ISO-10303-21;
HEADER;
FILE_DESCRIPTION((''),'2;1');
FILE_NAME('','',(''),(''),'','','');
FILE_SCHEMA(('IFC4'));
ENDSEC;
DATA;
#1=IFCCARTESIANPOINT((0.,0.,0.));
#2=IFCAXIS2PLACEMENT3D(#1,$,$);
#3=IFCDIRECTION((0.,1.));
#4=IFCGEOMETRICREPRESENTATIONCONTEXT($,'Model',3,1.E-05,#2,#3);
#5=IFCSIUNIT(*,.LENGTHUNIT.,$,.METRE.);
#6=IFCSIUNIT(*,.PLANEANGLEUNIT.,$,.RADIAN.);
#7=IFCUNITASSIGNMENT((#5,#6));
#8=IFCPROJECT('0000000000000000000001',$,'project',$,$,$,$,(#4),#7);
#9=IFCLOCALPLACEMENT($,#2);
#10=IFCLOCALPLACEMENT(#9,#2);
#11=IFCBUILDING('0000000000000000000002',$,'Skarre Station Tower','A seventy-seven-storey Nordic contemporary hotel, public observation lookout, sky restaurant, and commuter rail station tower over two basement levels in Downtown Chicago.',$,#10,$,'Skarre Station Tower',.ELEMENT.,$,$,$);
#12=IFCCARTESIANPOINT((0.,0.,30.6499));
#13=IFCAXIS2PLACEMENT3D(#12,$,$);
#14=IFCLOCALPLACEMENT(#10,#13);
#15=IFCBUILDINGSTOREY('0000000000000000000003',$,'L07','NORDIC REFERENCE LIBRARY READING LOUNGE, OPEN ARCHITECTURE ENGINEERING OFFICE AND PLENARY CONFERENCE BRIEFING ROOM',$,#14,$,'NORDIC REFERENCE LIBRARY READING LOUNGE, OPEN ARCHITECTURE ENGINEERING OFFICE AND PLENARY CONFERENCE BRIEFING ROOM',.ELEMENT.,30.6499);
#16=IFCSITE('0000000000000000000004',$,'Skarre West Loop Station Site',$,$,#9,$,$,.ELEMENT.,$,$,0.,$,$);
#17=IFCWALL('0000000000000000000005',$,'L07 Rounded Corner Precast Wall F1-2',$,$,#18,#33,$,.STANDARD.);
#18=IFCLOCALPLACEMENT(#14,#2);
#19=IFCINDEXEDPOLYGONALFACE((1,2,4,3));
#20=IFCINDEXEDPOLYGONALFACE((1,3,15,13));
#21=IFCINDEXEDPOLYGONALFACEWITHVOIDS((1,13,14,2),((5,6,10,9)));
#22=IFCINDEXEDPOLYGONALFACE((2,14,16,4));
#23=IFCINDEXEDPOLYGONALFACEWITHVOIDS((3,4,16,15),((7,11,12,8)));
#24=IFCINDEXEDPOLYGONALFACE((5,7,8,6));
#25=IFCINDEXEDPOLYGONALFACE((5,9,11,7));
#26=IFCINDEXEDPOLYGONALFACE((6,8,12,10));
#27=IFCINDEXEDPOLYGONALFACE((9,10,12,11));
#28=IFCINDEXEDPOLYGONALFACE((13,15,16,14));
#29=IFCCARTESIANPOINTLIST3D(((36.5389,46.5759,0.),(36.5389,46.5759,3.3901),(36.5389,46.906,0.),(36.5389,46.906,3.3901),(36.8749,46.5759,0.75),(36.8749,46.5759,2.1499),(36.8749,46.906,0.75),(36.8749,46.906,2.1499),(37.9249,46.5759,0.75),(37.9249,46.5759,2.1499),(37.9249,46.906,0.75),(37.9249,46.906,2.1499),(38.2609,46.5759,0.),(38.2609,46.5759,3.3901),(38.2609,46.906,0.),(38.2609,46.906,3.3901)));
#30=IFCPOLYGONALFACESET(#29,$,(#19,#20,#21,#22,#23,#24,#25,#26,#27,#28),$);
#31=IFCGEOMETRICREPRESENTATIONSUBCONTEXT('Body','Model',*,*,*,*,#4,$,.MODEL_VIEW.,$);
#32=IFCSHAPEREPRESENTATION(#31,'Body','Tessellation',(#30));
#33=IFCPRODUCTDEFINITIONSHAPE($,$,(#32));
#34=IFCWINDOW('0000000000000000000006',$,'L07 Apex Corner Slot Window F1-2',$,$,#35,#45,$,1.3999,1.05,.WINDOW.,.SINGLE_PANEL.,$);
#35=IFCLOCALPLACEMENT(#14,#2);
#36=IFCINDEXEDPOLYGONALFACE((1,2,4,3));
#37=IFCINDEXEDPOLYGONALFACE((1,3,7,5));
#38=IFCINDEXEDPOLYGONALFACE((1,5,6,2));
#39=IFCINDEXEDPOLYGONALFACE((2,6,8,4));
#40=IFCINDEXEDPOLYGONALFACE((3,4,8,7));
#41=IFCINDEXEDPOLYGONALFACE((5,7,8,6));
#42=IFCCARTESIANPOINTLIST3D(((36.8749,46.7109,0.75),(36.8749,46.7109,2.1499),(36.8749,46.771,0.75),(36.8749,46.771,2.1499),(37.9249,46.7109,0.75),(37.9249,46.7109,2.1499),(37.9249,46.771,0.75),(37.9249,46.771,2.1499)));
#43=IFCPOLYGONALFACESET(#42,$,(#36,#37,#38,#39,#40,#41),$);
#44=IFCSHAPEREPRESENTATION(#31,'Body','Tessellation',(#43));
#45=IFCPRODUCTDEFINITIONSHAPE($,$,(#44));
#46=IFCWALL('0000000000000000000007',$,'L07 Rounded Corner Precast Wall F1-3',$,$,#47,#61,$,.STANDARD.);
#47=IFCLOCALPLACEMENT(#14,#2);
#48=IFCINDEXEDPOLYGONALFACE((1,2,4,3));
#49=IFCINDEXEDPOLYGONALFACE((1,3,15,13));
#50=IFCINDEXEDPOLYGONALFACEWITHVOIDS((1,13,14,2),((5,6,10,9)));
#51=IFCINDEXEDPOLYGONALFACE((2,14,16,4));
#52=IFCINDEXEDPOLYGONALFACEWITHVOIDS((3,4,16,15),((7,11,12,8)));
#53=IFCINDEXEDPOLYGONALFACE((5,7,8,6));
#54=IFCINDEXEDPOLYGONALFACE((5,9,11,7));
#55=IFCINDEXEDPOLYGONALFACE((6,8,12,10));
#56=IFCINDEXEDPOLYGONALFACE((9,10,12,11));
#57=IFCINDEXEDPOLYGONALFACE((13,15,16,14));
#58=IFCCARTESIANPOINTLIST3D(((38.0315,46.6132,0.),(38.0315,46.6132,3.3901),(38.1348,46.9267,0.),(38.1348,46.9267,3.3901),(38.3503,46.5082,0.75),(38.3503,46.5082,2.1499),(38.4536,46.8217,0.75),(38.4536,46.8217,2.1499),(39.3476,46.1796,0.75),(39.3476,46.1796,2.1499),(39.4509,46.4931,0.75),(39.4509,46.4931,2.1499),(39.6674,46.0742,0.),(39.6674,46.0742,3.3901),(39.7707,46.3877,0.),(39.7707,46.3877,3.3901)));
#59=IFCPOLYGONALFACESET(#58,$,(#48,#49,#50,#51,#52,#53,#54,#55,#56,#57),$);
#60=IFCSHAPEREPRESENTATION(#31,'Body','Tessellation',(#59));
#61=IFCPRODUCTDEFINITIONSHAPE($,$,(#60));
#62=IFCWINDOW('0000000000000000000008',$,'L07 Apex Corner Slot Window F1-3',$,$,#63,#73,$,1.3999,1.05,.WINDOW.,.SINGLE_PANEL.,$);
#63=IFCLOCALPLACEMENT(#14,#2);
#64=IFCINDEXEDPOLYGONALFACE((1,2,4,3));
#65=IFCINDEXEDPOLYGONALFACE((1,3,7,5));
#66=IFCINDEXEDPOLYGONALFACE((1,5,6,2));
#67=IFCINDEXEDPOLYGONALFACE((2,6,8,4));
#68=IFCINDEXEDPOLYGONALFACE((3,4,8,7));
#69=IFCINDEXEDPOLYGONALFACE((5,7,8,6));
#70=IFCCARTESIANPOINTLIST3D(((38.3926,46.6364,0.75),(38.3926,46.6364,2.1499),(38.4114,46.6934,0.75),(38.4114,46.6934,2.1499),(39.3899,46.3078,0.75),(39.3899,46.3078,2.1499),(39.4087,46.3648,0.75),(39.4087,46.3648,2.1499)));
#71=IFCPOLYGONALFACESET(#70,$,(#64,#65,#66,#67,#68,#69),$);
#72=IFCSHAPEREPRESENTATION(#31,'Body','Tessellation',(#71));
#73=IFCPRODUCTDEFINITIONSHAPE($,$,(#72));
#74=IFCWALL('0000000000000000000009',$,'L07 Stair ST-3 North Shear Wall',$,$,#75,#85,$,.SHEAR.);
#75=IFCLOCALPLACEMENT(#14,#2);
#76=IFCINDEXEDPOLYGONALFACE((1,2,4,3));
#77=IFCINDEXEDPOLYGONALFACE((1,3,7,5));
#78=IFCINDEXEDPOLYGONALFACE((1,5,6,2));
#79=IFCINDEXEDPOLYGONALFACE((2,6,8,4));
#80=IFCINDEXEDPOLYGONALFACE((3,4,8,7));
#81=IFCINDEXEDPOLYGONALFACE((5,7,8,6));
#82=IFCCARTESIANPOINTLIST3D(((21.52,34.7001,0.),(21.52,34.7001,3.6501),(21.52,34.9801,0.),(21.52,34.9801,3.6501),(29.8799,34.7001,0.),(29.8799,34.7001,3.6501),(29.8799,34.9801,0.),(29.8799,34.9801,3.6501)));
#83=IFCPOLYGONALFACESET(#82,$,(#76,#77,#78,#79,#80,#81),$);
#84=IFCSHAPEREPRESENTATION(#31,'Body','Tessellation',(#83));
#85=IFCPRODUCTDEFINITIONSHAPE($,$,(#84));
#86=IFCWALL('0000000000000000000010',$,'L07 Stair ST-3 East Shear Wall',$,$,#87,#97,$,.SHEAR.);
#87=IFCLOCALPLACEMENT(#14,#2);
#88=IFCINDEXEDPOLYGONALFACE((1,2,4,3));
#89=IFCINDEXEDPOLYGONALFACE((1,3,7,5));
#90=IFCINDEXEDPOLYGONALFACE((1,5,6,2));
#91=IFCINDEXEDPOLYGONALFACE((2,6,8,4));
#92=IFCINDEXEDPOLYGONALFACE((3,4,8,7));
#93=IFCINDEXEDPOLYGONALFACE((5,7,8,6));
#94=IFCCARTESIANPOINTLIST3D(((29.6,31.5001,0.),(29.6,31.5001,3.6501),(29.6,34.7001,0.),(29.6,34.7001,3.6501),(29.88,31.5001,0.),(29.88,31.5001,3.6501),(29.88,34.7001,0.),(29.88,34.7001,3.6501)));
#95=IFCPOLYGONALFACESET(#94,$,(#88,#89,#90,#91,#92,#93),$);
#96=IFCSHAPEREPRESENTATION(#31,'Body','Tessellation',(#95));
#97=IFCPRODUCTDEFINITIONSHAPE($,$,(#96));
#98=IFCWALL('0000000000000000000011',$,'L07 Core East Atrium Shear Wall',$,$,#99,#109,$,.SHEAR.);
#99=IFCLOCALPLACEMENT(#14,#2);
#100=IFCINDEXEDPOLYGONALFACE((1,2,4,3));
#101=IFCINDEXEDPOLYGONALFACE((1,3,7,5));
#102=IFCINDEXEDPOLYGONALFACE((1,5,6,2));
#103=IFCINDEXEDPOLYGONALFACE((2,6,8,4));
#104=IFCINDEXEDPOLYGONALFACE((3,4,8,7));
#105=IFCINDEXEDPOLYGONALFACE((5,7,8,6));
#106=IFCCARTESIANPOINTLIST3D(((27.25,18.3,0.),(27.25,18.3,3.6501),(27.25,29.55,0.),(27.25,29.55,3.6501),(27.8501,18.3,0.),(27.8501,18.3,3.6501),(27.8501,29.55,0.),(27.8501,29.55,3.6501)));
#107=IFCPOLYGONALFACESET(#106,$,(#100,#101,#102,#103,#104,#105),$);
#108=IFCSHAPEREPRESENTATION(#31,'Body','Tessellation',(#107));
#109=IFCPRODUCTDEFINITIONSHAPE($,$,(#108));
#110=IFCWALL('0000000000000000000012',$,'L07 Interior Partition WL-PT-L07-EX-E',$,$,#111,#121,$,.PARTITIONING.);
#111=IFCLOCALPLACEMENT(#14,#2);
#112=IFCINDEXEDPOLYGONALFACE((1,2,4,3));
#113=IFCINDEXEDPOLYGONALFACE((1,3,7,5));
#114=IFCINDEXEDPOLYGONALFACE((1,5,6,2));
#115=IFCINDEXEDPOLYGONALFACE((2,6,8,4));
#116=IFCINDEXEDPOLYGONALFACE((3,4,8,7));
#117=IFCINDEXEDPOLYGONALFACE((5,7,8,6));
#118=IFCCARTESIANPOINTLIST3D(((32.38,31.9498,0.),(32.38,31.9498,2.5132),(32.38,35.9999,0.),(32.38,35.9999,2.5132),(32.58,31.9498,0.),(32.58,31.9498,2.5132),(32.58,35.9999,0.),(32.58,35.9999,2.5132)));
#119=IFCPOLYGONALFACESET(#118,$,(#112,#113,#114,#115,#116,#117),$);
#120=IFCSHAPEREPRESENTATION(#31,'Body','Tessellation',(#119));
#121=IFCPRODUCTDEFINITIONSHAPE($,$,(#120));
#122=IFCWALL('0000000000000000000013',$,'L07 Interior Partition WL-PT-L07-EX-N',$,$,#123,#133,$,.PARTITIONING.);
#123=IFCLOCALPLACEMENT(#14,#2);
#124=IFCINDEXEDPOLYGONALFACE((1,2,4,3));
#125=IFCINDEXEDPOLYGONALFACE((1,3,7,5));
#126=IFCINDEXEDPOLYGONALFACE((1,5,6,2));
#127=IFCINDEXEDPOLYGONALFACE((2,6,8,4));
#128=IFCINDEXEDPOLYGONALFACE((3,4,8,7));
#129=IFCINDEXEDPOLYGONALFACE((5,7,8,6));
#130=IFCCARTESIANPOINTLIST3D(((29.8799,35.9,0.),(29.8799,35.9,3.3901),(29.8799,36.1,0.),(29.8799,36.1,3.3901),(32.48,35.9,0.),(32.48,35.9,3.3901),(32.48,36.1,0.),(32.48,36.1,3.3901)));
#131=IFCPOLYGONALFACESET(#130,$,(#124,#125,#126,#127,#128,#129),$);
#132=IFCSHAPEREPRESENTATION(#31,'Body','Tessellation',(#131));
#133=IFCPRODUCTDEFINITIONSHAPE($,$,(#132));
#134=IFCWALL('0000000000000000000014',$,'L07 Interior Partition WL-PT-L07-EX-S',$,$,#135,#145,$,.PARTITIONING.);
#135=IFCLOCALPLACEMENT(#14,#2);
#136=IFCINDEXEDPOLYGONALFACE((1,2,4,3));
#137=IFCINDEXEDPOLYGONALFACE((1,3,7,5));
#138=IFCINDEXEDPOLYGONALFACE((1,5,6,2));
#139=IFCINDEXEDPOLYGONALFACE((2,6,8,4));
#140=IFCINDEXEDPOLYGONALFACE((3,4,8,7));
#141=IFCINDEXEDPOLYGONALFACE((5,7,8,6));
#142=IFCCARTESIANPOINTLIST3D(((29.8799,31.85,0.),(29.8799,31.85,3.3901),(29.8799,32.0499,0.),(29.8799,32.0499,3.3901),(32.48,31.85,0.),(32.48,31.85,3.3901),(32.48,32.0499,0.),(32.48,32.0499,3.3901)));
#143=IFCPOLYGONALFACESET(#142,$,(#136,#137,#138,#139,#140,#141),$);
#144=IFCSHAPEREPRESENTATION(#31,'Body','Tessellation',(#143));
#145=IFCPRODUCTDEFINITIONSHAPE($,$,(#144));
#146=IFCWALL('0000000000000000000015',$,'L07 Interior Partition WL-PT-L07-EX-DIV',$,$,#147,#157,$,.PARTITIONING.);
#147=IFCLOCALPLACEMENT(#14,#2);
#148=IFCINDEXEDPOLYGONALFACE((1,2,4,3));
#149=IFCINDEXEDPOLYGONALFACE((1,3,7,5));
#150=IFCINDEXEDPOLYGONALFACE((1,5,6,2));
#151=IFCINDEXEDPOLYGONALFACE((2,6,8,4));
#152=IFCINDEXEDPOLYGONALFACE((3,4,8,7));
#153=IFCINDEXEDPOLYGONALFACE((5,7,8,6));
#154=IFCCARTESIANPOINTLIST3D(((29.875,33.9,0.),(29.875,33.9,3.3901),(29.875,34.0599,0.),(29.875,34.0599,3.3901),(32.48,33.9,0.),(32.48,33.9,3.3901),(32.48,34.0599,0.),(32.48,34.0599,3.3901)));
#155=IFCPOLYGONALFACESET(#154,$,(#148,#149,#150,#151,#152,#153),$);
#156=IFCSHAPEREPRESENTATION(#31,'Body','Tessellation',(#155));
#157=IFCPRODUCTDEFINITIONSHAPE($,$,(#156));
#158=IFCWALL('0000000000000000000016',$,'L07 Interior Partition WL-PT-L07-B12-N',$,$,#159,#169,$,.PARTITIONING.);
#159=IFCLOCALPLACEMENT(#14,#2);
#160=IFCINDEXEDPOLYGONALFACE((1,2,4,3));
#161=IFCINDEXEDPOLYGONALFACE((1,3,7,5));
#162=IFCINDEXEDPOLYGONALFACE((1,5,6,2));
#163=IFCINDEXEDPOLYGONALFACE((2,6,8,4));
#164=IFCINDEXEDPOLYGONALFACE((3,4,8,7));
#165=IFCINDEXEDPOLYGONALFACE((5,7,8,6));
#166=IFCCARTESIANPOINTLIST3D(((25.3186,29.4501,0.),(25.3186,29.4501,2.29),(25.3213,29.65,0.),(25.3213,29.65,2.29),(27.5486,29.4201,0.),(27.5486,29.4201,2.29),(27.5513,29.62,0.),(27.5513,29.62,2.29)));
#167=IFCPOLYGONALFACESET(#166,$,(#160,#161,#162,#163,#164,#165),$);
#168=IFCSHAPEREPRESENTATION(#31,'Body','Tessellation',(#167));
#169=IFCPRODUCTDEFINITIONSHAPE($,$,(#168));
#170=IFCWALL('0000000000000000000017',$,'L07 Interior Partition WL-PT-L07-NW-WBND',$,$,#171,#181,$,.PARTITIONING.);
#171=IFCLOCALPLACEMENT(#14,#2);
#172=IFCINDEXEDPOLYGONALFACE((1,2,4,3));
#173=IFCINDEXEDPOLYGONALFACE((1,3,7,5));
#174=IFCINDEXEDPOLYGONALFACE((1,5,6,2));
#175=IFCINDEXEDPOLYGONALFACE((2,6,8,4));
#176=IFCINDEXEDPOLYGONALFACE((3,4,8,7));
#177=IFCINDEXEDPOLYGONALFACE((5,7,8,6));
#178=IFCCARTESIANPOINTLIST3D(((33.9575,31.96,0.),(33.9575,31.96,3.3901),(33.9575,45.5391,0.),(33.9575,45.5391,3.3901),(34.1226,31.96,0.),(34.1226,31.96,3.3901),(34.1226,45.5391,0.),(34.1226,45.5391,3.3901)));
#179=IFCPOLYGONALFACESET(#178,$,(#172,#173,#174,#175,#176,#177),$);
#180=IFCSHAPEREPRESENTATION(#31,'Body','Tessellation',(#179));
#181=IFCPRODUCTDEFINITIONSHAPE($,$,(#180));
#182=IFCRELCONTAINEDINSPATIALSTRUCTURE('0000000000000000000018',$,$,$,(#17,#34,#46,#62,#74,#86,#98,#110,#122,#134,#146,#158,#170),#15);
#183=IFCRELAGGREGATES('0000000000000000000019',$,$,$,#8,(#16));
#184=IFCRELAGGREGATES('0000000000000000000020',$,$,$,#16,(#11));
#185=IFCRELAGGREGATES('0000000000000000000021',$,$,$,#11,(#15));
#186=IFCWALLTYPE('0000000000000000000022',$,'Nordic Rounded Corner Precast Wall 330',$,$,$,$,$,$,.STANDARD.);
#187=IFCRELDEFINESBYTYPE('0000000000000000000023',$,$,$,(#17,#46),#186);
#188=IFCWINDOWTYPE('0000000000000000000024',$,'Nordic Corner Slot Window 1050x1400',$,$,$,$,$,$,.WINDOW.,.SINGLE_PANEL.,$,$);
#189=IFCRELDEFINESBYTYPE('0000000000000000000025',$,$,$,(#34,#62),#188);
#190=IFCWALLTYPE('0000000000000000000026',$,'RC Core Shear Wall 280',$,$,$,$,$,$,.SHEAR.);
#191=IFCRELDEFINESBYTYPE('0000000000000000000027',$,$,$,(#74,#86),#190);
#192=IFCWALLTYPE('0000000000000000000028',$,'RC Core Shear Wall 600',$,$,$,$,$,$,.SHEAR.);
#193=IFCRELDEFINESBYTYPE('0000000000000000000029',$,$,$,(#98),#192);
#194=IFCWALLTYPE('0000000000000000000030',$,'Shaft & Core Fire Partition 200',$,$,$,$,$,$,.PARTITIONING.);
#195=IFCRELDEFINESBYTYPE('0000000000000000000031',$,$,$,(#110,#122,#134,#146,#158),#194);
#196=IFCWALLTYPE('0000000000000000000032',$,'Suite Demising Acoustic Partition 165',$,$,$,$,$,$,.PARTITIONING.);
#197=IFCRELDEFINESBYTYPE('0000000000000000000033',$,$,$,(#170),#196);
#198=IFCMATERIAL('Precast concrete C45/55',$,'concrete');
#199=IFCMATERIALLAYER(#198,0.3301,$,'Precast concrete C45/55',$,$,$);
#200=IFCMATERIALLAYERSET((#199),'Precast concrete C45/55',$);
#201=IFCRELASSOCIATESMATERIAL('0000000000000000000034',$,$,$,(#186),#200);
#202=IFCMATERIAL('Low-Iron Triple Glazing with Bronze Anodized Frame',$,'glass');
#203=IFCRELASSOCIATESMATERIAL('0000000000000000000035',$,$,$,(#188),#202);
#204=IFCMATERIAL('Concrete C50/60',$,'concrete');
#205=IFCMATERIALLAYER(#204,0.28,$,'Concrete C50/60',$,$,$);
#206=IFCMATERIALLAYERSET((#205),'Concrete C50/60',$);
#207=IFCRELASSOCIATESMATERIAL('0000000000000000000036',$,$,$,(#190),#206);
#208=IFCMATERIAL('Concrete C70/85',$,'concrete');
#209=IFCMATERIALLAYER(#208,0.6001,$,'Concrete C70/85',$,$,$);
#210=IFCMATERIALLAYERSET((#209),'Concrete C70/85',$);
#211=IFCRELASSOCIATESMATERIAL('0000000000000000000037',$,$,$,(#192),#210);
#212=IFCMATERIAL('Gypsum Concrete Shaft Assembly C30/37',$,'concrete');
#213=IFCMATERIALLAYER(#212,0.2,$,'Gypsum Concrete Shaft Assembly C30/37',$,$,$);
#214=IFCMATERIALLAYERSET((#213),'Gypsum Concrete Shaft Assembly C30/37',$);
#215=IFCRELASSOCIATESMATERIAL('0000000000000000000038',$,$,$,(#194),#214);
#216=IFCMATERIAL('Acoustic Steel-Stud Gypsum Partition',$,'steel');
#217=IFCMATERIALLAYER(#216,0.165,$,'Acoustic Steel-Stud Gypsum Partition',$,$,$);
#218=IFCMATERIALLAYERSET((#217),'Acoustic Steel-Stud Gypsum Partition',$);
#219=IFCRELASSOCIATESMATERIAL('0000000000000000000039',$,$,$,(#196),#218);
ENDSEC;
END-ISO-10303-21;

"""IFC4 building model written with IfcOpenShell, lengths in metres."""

from ifc_helpers import new_model, si_unit, direction, frame, frame_2d, origin, place, context, subcontext, project, spatial, rectangle, extrude, material, layer, layer_set, type_object, element, fill, save


model = new_model("IFC4")

# Units and contexts
model_context = context("Model", 3, precision=1e-05, world=origin(), true_north=direction((0.0, 1.0)))
body_context = subcontext(model_context, "Body", "Model", "MODEL_VIEW")
ifc_project = project(units=[si_unit("LENGTHUNIT", "METRE"), si_unit("PLANEANGLEUNIT", "RADIAN")], contexts=[model_context])

# Site, building, storey
site_placement = place(None, origin())
site = spatial("IfcSite", under=ifc_project, at=site_placement, Name="Skarre West Loop Station Site", CompositionType="ELEMENT", RefElevation=0.0)
building_placement = place(site_placement, origin())
building = spatial("IfcBuilding", under=site, at=building_placement, Name="Skarre Station Tower", Description="A seventy-seven-storey Nordic contemporary hotel, public observation lookout, sky restaurant, and commuter rail station tower over two basement levels in Downtown Chicago.", LongName="Skarre Station Tower", CompositionType="ELEMENT")
storey_placement = place(building_placement, frame((0.0, 0.0, 30.6499)))
storey = spatial("IfcBuildingStorey", under=building, at=storey_placement, Name="L07", Description="NORDIC REFERENCE LIBRARY READING LOUNGE, OPEN ARCHITECTURE ENGINEERING OFFICE AND PLENARY CONFERENCE BRIEFING ROOM", LongName="NORDIC REFERENCE LIBRARY READING LOUNGE, OPEN ARCHITECTURE ENGINEERING OFFICE AND PLENARY CONFERENCE BRIEFING ROOM", CompositionType="ELEMENT", Elevation=30.6499)

# Shared definitions
ifc_material_1 = material(Name="Concrete C70/85", Category="concrete")

# Shared definitions
ifc_material_2 = material(Name="Acoustic Steel-Stud Gypsum Partition", Category="steel")

# Shared definitions
ifc_material_3 = material(Name="Precast concrete C45/55", Category="concrete")
ifc_layer_1 = layer(ifc_material_3, 0.3301, Name="Precast concrete C45/55")
ifc_layer_set_1 = layer_set([ifc_layer_1], Name="Precast concrete C45/55")
wall_type_1 = type_object("IfcWallType", Name="Nordic Rounded Corner Precast Wall 330", PredefinedType="STANDARD", material=ifc_layer_set_1)

# Walls, openings, windows
wall_1_placement = place(storey_placement, frame((36.5391, 46.741, 0.0), z_axis=(0.0, 0.0, 1.0), x_axis=(1.0, 0.0, 0.0)))
wall_1 = element("IfcWall", 1, at=wall_1_placement, inside=storey, type_object=wall_type_1, Name="L07 Rounded Corner Precast Wall F1-2", PredefinedType="STANDARD", context=body_context, shape_type="SweptSolid", body=[
    extrude(rectangle(XDim=1.7219, YDim=0.3301, at=frame_2d((0.8608, 0.0))), origin(), (0.0, 0.0, 1.0), 3.3901),
])
opening_1_placement = place(wall_1_placement, frame((0.3359, 0.0, 0.75)))
opening_1 = element("IfcOpeningElement", 2, at=opening_1_placement, cuts=wall_1, PredefinedType="OPENING", context=body_context, shape_type="SweptSolid", body=[
    extrude(rectangle(XDim=1.05, YDim=1.3999, at=frame_2d((0.5249, 0.7))), frame((0.0, 0.175, 0.0), z_axis=(0.0, -1.0, 0.0), x_axis=(1.0, 0.0, 0.0)), (0.0, 0.0, 1.0), 0.3501),
])
ifc_material_4 = material(Name="Low-Iron Triple Glazing with Bronze Anodized Frame", Category="glass")
window_type = type_object("IfcWindowType", Name="Nordic Corner Slot Window 1050x1400", PartitioningType="SINGLE_PANEL", PredefinedType="WINDOW", material=ifc_material_4)
window_1_placement = place(opening_1_placement, origin())
window_1 = element("IfcWindow", 3, at=window_1_placement, inside=storey, type_object=window_type, Name="L07 Apex Corner Slot Window F1-2", OverallHeight=1.3999, OverallWidth=1.05, PartitioningType="SINGLE_PANEL", PredefinedType="WINDOW", context=body_context, shape_type="SweptSolid", body=[
    extrude(rectangle(XDim=1.05, YDim=1.3999, at=frame_2d((0.5249, 0.7))), frame((0.0, 0.03, 0.0), z_axis=(0.0, -1.0, 0.0), x_axis=(1.0, 0.0, 0.0)), (0.0, 0.0, 1.0), 0.0601),
])
fill(opening_1, window_1)
wall_2_placement = place(storey_placement, frame((38.083, 46.77, 0.0), z_axis=(0.0, 0.0, 1.0), x_axis=(0.949769, -0.312952, 0.0)))
wall_2 = element("IfcWall", 4, at=wall_2_placement, inside=storey, type_object=wall_type_1, Name="L07 Rounded Corner Precast Wall F1-3", PredefinedType="STANDARD", context=body_context, shape_type="SweptSolid", body=[
    extrude(rectangle(XDim=1.7224, YDim=0.3301, at=frame_2d((0.8613, 0.0))), origin(), (0.0, 0.0, 1.0), 3.3901),
])
opening_2_placement = place(wall_2_placement, frame((0.3359, 0.0, 0.75)))
opening_2 = element("IfcOpeningElement", 5, at=opening_2_placement, cuts=wall_2, PredefinedType="OPENING", context=body_context, shape_type="SweptSolid", body=[
    extrude(rectangle(XDim=1.05, YDim=1.3999, at=frame_2d((0.5249, 0.7))), frame((0.0, 0.175, 0.0), z_axis=(0.0, -1.0, 0.0), x_axis=(1.0, 0.0, 0.0)), (0.0, 0.0, 1.0), 0.3501),
])
window_2_placement = place(opening_2_placement, origin())
window_2 = element("IfcWindow", 6, at=window_2_placement, inside=storey, type_object=window_type, Name="L07 Apex Corner Slot Window F1-3", OverallHeight=1.3999, OverallWidth=1.05, PartitioningType="SINGLE_PANEL", PredefinedType="WINDOW", context=body_context, shape_type="SweptSolid", body=[
    extrude(rectangle(XDim=1.05, YDim=1.3999, at=frame_2d((0.5249, 0.7))), frame((0.0, 0.03, 0.0), z_axis=(0.0, -1.0, 0.0), x_axis=(1.0, 0.0, 0.0)), (0.0, 0.0, 1.0), 0.0601),
])
fill(opening_2, window_2)

# Walls
ifc_material_5 = material(Name="Concrete C50/60", Category="concrete")
ifc_layer_2 = layer(ifc_material_5, 0.28, Name="Concrete C50/60")
ifc_layer_set_2 = layer_set([ifc_layer_2], Name="Concrete C50/60")
wall_type_2 = type_object("IfcWallType", Name="RC Core Shear Wall 280", PredefinedType="SHEAR", material=ifc_layer_set_2)
wall_3_placement = place(storey_placement, frame((29.8799, 34.8401, 0.0), z_axis=(0.0, 0.0, 1.0), x_axis=(-1.0, 0.0, 0.0)))
element("IfcWall", 7, at=wall_3_placement, inside=storey, type_object=wall_type_2, Name="L07 Stair ST-3 North Shear Wall", PredefinedType="SHEAR", context=body_context, shape_type="SweptSolid", body=[
    extrude(rectangle(XDim=8.3599, YDim=0.28, at=frame_2d((4.1799, 0.0))), origin(), (0.0, 0.0, 1.0), 3.6501),
])
wall_4_placement = place(storey_placement, frame((29.74, 31.5, 0.0), z_axis=(0.0, 0.0, 1.0), x_axis=(0.0, 1.0, 0.0)))
element("IfcWall", 8, at=wall_4_placement, inside=storey, type_object=wall_type_2, Name="L07 Stair ST-3 East Shear Wall", PredefinedType="SHEAR", context=body_context, shape_type="SweptSolid", body=[
    extrude(rectangle(XDim=3.2, YDim=0.28, at=frame_2d((1.6001, 0.0))), origin(), (0.0, 0.0, 1.0), 3.6501),
])
ifc_layer_3 = layer(ifc_material_1, 0.6001, Name="Concrete C70/85")
ifc_layer_set_3 = layer_set([ifc_layer_3], Name="Concrete C70/85")
wall_type_3 = type_object("IfcWallType", Name="RC Core Shear Wall 600", PredefinedType="SHEAR", material=ifc_layer_set_3)
wall_5_placement = place(storey_placement, frame((27.55, 29.55, 0.0), z_axis=(0.0, 0.0, 1.0), x_axis=(0.0, -1.0, 0.0)))
element("IfcWall", 9, at=wall_5_placement, inside=storey, type_object=wall_type_3, Name="L07 Core East Atrium Shear Wall", PredefinedType="SHEAR", context=body_context, shape_type="SweptSolid", body=[
    extrude(rectangle(XDim=11.25, YDim=0.6001, at=frame_2d((5.625, 0.0))), origin(), (0.0, 0.0, 1.0), 3.6501),
])
ifc_material_6 = material(Name="Gypsum Concrete Shaft Assembly C30/37", Category="concrete")
ifc_layer_4 = layer(ifc_material_6, 0.2, Name="Gypsum Concrete Shaft Assembly C30/37")
ifc_layer_set_4 = layer_set([ifc_layer_4], Name="Gypsum Concrete Shaft Assembly C30/37")
wall_type_4 = type_object("IfcWallType", Name="Shaft & Core Fire Partition 200", PredefinedType="PARTITIONING", material=ifc_layer_set_4)
wall_6_placement = place(storey_placement, frame((32.48, 31.95, 0.0), z_axis=(0.0, 0.0, 1.0), x_axis=(0.0, 1.0, 0.0)))
element("IfcWall", 10, at=wall_6_placement, inside=storey, type_object=wall_type_4, Name="L07 Interior Partition WL-PT-L07-EX-E", PredefinedType="PARTITIONING", context=body_context, shape_type="SweptSolid", body=[
    extrude(rectangle(XDim=4.05, YDim=0.2, at=frame_2d((2.0249, 0.0))), origin(), (0.0, 0.0, 1.0), 2.5132),
])
for number, where, z_axis, x_axis, name in (
    (11, (29.8799, 36.0, 0.0), (0.0, 0.0, 1.0), (1.0, 0.0, 0.0), "L07 Interior Partition WL-PT-L07-EX-N"),
    (12, (32.48, 31.95, 0.0), (0.0, 0.0, 1.0), (-1.0, 0.0, 0.0), "L07 Interior Partition WL-PT-L07-EX-S"),
):
    element("IfcWall", number, at=place(storey_placement, frame(where, z_axis=z_axis, x_axis=x_axis)), inside=storey, type_object=wall_type_4, Name=name, PredefinedType="PARTITIONING", context=body_context, shape_type="SweptSolid", body=[
        extrude(rectangle(XDim=2.6001, YDim=0.2, at=frame_2d((1.3, 0.0))), origin(), (0.0, 0.0, 1.0), 3.3901),
    ])
wall_7_placement = place(storey_placement, frame((29.875, 33.98, 0.0), z_axis=(0.0, 0.0, 1.0), x_axis=(1.0, 0.0, 0.0)))
element("IfcWall", 13, at=wall_7_placement, inside=storey, type_object=wall_type_4, Name="L07 Interior Partition WL-PT-L07-EX-DIV", PredefinedType="PARTITIONING", context=body_context, shape_type="SweptSolid", body=[
    extrude(rectangle(XDim=2.605, YDim=0.1599, at=frame_2d((1.3025, 0.0))), origin(), (0.0, 0.0, 1.0), 3.3901),
])
wall_8_placement = place(storey_placement, frame((27.55, 29.52, 0.0), z_axis=(0.0, 0.0, 1.0), x_axis=(-0.999909, 0.013465, 0.0)))
element("IfcWall", 14, at=wall_8_placement, inside=storey, type_object=wall_type_4, Name="L07 Interior Partition WL-PT-L07-B12-N", PredefinedType="PARTITIONING", context=body_context, shape_type="SweptSolid", body=[
    extrude(rectangle(XDim=2.2302, YDim=0.2, at=frame_2d((1.1152, 0.0))), origin(), (0.0, 0.0, 1.0), 2.29),
])
ifc_layer_5 = layer(ifc_material_2, 0.165, Name="Acoustic Steel-Stud Gypsum Partition")
ifc_layer_set_5 = layer_set([ifc_layer_5], Name="Acoustic Steel-Stud Gypsum Partition")
wall_type_5 = type_object("IfcWallType", Name="Suite Demising Acoustic Partition 165", PredefinedType="PARTITIONING", material=ifc_layer_set_5)
wall_9_placement = place(storey_placement, frame((34.04, 31.96, 0.0), z_axis=(0.0, 0.0, 1.0), x_axis=(0.0, 1.0, 0.0)))
element("IfcWall", 15, at=wall_9_placement, inside=storey, type_object=wall_type_5, Name="L07 Interior Partition WL-PT-L07-NW-WBND", PredefinedType="PARTITIONING", context=body_context, shape_type="SweptSolid", body=[
    extrude(rectangle(XDim=13.5791, YDim=0.165, at=frame_2d((6.7896, 0.0))), origin(), (0.0, 0.0, 1.0), 3.3901),
])

save(model, "model.ifc")
